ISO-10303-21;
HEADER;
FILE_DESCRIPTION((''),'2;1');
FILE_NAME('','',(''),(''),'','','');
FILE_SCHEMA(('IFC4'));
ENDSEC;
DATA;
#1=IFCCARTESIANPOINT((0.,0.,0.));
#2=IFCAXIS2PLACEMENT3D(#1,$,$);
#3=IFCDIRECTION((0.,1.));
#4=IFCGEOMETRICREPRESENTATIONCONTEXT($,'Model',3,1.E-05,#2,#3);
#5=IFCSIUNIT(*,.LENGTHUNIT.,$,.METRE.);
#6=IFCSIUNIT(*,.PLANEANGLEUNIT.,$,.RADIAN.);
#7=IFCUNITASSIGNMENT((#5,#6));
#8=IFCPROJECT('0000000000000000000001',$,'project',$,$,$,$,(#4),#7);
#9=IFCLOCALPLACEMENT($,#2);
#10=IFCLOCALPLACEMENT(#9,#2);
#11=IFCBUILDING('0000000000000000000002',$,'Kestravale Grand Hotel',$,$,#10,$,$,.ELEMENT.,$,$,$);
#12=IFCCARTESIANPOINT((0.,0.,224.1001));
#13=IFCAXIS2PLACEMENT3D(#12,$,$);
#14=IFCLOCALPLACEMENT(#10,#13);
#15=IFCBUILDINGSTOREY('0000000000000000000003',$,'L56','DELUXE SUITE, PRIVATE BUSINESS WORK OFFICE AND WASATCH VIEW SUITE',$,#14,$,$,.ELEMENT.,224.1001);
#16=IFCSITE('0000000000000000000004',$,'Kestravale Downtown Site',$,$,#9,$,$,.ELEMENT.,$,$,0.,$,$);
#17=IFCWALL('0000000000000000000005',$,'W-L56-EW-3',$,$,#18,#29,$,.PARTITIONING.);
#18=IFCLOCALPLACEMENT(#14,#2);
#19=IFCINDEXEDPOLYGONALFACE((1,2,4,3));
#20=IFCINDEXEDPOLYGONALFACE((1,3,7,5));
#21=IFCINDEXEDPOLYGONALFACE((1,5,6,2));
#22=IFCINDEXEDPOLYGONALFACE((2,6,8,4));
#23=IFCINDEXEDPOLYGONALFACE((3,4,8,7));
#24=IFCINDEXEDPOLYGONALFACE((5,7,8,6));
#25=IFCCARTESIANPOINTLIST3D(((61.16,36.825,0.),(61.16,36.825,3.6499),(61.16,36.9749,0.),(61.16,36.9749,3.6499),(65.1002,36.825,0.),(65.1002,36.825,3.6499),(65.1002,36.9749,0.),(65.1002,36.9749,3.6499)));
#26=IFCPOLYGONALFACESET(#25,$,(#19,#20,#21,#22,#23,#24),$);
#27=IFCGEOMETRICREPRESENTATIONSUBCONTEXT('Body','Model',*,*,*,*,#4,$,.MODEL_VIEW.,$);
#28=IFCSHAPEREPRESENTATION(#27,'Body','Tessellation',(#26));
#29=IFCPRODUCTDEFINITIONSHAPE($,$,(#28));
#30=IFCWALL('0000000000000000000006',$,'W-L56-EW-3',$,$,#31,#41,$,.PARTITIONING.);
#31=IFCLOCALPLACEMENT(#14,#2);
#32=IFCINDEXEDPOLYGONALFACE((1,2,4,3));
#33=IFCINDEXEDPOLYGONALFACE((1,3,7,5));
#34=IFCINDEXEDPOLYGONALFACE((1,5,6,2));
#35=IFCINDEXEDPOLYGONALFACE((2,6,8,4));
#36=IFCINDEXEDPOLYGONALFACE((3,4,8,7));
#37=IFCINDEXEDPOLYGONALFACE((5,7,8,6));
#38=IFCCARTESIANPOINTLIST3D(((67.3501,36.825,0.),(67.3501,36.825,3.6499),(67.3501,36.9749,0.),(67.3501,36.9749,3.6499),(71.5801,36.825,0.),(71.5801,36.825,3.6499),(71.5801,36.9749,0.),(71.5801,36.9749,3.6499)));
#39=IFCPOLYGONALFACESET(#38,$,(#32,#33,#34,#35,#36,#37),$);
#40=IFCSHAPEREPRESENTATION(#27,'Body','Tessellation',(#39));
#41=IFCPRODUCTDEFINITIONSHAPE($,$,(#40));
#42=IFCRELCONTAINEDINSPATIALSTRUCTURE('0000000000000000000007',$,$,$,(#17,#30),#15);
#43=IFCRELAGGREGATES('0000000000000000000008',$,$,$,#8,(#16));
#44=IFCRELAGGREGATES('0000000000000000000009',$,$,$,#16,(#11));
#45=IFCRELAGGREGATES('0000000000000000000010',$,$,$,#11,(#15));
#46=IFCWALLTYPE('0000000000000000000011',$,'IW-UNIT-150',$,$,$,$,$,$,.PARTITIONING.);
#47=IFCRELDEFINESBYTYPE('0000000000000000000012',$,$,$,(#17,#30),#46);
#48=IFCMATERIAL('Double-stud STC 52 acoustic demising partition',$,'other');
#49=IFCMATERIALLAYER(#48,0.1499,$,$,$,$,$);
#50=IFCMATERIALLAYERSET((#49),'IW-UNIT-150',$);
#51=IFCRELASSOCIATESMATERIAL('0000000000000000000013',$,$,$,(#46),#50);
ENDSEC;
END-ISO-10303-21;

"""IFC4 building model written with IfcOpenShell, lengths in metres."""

from ifc_helpers import new_model, si_unit, direction, frame, frame_2d, origin, place, context, subcontext, project, spatial, rectangle, extrude, material, layer, layer_set, type_object, element, save


model = new_model("IFC4")

# Units and contexts
model_context = context("Model", 3, precision=1e-05, world=origin(), true_north=direction((0.0, 1.0)))
body_context = subcontext(model_context, "Body", "Model", "MODEL_VIEW")
ifc_project = project(units=[si_unit("LENGTHUNIT", "METRE"), si_unit("PLANEANGLEUNIT", "RADIAN")], contexts=[model_context])

# Site, building, storey
site_placement = place(None, origin())
site = spatial("IfcSite", under=ifc_project, at=site_placement, Name="Kestravale Downtown Site", CompositionType="ELEMENT", RefElevation=0.0)
building_placement = place(site_placement, origin())
building = spatial("IfcBuilding", under=site, at=building_placement, Name="Kestravale Grand Hotel", CompositionType="ELEMENT")
storey_placement = place(building_placement, frame((0.0, 0.0, 224.1001)))
storey = spatial("IfcBuildingStorey", under=building, at=storey_placement, Name="L56", Description="DELUXE SUITE, PRIVATE BUSINESS WORK OFFICE AND WASATCH VIEW SUITE", CompositionType="ELEMENT", Elevation=224.1001)

# Walls
ifc_material_1 = material(Name="Double-stud STC 52 acoustic demising partition", Category="other")
ifc_layer_1 = layer(ifc_material_1, 0.1499)
ifc_layer_set_1 = layer_set([ifc_layer_1], Name="IW-UNIT-150")
wall_type_1 = type_object("IfcWallType", Name="IW-UNIT-150", PredefinedType="PARTITIONING", material=ifc_layer_set_1)
wall_1_placement = place(storey_placement, frame((61.1599, 36.8999, 0.0), z_axis=(0.0, 0.0, 1.0), x_axis=(1.0, 0.0, 0.0)))
element("IfcWall", 1, at=wall_1_placement, inside=storey, type_object=wall_type_1, Name="W-L56-EW-3", PredefinedType="PARTITIONING", context=body_context, shape_type="SweptSolid", body=[
    extrude(rectangle(XDim=3.9402, YDim=0.1499, at=frame_2d((1.9702, 0.0))), origin(), (0.0, 0.0, 1.0), 3.6499),
])
wall_2_placement = place(storey_placement, frame((67.3501, 36.8999, 0.0), z_axis=(0.0, 0.0, 1.0), x_axis=(1.0, 0.0, 0.0)))
element("IfcWall", 2, at=wall_2_placement, inside=storey, type_object=wall_type_1, Name="W-L56-EW-3", PredefinedType="PARTITIONING", context=body_context, shape_type="SweptSolid", body=[
    extrude(rectangle(XDim=4.23, YDim=0.1499, at=frame_2d((2.115, 0.0))), origin(), (0.0, 0.0, 1.0), 3.6499),
])

save(model, "model.ifc")
